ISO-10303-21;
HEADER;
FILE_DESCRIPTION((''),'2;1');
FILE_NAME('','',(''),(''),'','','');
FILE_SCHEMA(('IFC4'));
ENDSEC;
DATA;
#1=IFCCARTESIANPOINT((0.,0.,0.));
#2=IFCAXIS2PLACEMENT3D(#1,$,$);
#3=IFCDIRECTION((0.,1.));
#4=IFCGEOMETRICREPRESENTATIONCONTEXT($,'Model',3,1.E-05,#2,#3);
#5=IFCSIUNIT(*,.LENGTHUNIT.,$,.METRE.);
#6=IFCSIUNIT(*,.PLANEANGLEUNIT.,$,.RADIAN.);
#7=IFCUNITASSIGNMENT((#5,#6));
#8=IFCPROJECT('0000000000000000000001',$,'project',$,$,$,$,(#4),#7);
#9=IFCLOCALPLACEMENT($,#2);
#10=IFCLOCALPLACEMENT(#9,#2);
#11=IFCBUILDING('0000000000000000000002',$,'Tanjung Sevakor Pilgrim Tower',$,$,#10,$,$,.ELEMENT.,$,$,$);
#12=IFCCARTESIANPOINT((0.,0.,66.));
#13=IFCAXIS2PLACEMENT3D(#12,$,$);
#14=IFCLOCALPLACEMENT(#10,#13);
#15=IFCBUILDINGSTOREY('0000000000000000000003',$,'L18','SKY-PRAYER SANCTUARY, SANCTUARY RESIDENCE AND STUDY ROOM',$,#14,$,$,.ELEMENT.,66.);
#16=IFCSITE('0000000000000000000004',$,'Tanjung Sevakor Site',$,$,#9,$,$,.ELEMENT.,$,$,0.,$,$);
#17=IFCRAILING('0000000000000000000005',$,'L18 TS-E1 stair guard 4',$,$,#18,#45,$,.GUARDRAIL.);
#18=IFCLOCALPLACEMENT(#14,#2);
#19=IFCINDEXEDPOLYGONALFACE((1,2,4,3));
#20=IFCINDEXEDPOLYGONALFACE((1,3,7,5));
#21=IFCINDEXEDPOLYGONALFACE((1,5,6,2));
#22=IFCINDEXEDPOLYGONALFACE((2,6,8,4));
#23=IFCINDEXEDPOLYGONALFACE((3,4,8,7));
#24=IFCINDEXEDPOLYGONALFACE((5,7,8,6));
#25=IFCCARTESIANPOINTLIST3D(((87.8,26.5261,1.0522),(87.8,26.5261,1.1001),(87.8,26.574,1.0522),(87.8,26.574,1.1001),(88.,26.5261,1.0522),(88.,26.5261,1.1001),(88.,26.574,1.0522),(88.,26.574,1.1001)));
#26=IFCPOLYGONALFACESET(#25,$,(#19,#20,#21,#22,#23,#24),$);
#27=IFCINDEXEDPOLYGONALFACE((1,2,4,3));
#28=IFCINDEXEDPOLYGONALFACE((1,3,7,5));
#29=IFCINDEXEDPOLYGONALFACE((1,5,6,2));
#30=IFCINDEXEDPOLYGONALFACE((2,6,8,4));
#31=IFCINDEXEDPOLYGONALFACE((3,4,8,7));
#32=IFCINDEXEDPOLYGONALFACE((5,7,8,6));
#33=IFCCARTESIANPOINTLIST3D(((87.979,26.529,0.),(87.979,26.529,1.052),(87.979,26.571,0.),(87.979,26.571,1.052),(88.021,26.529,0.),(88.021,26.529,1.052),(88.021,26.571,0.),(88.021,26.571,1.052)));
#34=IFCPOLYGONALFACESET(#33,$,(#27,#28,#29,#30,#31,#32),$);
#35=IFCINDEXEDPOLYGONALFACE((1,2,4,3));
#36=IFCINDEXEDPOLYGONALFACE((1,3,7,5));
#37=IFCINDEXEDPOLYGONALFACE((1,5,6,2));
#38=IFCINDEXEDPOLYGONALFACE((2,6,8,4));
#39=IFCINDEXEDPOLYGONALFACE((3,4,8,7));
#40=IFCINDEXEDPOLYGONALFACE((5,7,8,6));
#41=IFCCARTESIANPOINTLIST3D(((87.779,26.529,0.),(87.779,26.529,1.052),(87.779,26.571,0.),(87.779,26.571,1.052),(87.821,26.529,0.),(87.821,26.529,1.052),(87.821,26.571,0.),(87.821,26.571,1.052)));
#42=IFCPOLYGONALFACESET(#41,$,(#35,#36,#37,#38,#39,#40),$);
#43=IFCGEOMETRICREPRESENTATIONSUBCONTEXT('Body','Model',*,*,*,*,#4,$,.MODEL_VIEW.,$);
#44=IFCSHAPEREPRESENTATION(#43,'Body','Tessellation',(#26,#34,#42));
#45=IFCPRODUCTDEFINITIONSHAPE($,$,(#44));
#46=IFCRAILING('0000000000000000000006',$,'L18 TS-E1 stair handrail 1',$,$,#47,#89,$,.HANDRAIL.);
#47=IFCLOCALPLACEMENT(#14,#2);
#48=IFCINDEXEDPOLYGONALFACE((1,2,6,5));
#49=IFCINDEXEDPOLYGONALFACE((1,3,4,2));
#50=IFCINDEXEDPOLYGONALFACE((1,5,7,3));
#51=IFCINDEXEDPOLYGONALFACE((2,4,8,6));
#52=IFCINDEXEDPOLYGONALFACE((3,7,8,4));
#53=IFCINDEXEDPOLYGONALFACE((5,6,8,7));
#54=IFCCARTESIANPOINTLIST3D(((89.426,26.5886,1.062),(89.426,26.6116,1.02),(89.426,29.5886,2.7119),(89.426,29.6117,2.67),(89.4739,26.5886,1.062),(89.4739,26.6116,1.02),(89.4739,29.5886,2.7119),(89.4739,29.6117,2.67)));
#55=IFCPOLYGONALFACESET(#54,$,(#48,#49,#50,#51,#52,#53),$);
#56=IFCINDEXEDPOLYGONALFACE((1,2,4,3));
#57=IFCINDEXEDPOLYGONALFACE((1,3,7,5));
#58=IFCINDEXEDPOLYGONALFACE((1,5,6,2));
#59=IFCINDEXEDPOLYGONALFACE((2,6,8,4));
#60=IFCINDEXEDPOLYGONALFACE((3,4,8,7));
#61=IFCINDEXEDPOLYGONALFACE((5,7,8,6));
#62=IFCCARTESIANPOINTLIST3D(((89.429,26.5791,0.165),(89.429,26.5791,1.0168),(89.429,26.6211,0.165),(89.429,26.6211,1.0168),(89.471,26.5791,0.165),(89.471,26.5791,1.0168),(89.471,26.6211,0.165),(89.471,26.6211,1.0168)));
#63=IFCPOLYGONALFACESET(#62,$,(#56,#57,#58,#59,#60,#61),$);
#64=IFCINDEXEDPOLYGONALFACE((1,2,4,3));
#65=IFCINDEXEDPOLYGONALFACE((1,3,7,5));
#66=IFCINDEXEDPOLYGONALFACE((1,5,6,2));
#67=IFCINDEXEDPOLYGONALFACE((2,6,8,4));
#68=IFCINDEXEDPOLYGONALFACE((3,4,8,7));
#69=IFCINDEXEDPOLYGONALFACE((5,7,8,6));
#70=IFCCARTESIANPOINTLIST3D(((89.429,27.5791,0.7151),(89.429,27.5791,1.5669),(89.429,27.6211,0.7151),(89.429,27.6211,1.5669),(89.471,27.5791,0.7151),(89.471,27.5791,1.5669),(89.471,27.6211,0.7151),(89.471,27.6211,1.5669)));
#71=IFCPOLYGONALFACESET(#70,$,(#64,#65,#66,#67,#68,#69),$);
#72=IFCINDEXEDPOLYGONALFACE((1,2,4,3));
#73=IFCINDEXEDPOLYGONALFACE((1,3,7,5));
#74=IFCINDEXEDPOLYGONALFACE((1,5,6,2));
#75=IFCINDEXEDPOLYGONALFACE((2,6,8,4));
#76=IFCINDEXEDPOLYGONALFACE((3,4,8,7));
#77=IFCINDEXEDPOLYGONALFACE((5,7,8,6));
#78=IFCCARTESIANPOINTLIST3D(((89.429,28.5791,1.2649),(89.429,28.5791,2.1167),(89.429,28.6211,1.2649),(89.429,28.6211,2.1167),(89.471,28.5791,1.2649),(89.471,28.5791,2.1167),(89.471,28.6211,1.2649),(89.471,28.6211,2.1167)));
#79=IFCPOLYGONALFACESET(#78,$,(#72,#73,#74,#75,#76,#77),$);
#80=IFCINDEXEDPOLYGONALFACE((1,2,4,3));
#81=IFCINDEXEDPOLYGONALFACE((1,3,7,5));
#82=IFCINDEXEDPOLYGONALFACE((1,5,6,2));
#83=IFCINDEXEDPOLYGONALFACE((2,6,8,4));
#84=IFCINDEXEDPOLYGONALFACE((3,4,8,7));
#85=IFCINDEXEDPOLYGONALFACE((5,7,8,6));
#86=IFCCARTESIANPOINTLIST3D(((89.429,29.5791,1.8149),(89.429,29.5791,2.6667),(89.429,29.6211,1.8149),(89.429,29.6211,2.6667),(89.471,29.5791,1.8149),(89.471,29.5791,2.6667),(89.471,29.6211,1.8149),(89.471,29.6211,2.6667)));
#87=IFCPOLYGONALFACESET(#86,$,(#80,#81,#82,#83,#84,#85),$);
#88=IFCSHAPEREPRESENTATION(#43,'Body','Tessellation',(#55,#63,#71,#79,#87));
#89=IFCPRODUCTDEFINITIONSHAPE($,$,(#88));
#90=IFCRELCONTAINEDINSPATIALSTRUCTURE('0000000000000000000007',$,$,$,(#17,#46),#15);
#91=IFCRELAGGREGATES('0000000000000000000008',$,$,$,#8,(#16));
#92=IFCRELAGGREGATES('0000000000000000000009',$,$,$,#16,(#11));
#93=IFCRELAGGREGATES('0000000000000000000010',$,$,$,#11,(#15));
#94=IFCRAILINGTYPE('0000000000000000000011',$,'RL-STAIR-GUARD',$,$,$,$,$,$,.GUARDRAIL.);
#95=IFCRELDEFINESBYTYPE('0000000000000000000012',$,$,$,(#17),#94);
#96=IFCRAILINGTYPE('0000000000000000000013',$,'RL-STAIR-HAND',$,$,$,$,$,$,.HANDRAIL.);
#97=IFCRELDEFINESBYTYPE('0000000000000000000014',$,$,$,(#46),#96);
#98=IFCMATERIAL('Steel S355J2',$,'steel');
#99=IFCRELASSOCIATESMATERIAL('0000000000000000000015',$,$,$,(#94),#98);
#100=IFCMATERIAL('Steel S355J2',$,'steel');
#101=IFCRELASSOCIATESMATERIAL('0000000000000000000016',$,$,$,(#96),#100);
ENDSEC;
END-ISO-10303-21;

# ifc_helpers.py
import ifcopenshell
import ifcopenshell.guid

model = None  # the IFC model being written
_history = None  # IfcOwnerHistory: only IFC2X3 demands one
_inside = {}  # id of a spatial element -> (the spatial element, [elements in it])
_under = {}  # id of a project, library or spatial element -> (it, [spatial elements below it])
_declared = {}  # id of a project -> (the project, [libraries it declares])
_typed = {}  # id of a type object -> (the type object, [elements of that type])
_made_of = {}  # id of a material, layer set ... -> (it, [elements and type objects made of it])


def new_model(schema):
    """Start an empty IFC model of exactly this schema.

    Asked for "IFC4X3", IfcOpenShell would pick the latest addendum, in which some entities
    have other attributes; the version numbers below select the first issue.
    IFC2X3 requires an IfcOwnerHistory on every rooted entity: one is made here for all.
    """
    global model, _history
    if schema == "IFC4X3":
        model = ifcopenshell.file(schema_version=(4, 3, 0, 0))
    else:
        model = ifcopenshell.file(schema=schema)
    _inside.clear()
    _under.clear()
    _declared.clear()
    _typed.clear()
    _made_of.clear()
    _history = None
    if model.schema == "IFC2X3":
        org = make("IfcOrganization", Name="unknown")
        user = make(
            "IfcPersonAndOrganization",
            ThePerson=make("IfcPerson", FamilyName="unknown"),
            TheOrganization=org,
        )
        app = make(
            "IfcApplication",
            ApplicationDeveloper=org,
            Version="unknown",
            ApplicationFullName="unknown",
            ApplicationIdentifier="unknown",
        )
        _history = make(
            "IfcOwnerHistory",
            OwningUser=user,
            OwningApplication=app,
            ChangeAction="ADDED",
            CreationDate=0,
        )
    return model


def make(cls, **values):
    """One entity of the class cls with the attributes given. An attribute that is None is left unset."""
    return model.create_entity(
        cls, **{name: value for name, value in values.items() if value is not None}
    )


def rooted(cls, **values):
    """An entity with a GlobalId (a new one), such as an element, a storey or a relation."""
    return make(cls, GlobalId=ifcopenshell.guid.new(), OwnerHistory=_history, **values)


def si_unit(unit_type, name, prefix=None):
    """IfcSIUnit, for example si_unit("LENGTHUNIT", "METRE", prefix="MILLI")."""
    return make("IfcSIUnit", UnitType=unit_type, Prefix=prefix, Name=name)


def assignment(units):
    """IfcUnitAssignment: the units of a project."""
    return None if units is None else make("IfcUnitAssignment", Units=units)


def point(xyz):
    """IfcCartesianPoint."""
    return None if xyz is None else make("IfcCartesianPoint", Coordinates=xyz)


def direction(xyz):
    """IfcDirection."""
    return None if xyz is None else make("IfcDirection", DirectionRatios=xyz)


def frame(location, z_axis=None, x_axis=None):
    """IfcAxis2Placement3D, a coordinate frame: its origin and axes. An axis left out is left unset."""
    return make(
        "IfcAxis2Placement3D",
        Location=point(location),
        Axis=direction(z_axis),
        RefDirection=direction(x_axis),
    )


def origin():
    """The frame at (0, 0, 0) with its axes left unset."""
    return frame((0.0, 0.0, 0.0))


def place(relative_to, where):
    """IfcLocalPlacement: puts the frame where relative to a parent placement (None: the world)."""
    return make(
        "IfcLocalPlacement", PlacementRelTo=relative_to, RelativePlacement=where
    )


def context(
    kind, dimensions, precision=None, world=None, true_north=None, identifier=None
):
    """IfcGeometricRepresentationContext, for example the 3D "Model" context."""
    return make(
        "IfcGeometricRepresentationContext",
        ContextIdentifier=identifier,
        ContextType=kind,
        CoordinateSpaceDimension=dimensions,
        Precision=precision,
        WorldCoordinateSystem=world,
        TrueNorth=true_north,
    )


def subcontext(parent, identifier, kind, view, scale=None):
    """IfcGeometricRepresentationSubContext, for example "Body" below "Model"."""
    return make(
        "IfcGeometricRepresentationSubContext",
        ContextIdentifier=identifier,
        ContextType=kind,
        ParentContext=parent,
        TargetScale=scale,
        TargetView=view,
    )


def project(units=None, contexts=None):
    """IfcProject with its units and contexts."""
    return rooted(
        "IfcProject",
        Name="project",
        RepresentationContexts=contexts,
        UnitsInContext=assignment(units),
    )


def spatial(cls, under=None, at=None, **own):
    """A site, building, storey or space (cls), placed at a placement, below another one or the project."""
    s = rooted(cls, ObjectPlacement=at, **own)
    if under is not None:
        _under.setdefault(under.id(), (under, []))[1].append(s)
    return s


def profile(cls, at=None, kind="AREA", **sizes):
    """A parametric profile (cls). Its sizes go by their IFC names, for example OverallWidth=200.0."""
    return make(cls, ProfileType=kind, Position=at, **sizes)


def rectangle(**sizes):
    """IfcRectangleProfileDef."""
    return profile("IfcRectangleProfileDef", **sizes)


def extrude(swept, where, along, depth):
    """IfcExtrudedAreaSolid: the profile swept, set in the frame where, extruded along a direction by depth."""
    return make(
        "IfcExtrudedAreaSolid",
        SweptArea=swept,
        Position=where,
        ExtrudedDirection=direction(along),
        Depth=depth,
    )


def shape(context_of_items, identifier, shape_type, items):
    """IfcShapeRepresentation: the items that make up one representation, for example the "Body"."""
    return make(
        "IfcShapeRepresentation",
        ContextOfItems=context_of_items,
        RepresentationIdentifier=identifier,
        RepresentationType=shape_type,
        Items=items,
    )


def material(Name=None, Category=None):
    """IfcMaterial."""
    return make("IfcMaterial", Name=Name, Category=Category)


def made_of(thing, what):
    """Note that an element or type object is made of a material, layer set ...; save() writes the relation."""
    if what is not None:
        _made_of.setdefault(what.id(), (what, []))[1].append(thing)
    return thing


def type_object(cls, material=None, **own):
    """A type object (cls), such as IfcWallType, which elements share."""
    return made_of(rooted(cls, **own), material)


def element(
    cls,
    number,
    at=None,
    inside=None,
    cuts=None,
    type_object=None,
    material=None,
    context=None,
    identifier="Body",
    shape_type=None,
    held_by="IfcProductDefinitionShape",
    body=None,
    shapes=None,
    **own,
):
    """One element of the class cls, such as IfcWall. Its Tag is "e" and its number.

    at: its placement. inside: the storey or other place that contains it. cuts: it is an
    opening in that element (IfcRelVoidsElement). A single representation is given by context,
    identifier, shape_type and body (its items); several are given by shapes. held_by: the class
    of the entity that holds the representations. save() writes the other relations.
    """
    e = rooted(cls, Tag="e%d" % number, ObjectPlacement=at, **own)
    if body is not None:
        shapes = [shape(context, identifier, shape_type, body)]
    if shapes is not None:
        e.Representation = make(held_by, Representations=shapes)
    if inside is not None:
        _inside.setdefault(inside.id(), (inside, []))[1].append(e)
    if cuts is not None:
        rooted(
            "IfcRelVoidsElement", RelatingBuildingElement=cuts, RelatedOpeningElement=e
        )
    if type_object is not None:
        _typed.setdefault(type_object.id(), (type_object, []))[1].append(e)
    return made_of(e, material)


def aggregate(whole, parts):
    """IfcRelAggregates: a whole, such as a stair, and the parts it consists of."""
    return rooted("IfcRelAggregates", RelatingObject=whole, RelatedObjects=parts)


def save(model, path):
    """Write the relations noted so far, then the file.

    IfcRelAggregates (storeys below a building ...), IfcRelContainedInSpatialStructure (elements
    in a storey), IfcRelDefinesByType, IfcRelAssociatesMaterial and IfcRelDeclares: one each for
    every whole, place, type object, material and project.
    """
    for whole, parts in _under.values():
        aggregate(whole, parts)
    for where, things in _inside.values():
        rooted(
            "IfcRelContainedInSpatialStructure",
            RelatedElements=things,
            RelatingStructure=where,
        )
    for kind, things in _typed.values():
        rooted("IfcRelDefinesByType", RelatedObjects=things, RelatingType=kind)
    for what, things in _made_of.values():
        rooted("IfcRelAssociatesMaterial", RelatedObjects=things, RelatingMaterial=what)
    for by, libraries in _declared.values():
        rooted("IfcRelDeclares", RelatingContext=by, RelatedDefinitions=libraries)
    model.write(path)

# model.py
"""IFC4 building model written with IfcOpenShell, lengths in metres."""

from ifc_helpers import new_model, si_unit, direction, frame, origin, place, context, subcontext, project, spatial, rectangle, extrude, material, type_object, element, save


model = new_model("IFC4")

# Units and contexts
model_context = context("Model", 3, precision=1e-05, world=origin(), true_north=direction((0.0, 1.0)))
body_context = subcontext(model_context, "Body", "Model", "MODEL_VIEW")
ifc_project = project(units=[si_unit("LENGTHUNIT", "METRE"), si_unit("PLANEANGLEUNIT", "RADIAN")], contexts=[model_context])

# Site, building, storey
site_placement = place(None, origin())
site = spatial("IfcSite", under=ifc_project, at=site_placement, Name="Tanjung Sevakor Site", CompositionType="ELEMENT", RefElevation=0.0)
building_placement = place(site_placement, origin())
building = spatial("IfcBuilding", under=site, at=building_placement, Name="Tanjung Sevakor Pilgrim Tower", CompositionType="ELEMENT")
storey_placement = place(building_placement, frame((0.0, 0.0, 66.0)))
storey = spatial("IfcBuildingStorey", under=building, at=storey_placement, Name="L18", Description="SKY-PRAYER SANCTUARY, SANCTUARY RESIDENCE AND STUDY ROOM", CompositionType="ELEMENT", Elevation=66.0)

# Railings
ifc_material_1 = material(Name="Steel S355J2", Category="steel")
railing_type_1 = type_object("IfcRailingType", Name="RL-STAIR-GUARD", PredefinedType="GUARDRAIL", material=ifc_material_1)
for number, where, name in (
    (1, (88.0, 26.55, 0.0), "L18 TS-E1 stair guard 4"),
):
    element("IfcRailing", number, at=place(storey_placement, frame(where)), inside=storey, type_object=railing_type_1, Name=name, PredefinedType="GUARDRAIL", context=body_context, shape_type="SweptSolid", body=[
        extrude(rectangle(XDim=0.0479, YDim=0.0479), frame((0.0, 0.0, 1.0762), z_axis=(-1.0, 0.0, 0.0), x_axis=(0.0, -1.0, 0.0)), (0.0, 0.0, 1.0), 0.2),
        extrude(rectangle(XDim=0.042, YDim=0.042), origin(), (0.0, 0.0, 1.0), 1.052),
        extrude(rectangle(XDim=0.042, YDim=0.042), frame((-0.2, 0.0, 0.0)), (0.0, 0.0, 1.0), 1.052),
    ])
ifc_material_2 = material(Name="Steel S355J2", Category="steel")
railing_type_2 = type_object("IfcRailingType", Name="RL-STAIR-HAND", PredefinedType="HANDRAIL", material=ifc_material_2)
railing_1_placement = place(storey_placement, frame((89.45, 26.6001, 0.165)))
element("IfcRailing", 2, at=railing_1_placement, inside=storey, type_object=railing_type_2, Name="L18 TS-E1 stair handrail 1", PredefinedType="HANDRAIL", context=body_context, shape_type="SweptSolid", body=[
    extrude(rectangle(XDim=0.0479, YDim=0.0479), frame((0.0, 0.0, 0.876), z_axis=(0.0, 0.876228, 0.481897), x_axis=(-1.0, 0.0, 0.0)), (0.0, 0.0, 1.0), 3.4238),
    extrude(rectangle(XDim=0.042, YDim=0.042), origin(), (0.0, 0.0, 1.0), 0.8518),
    extrude(rectangle(XDim=0.042, YDim=0.042), frame((0.0, 1.0, 0.55)), (0.0, 0.0, 1.0), 0.8518),
    extrude(rectangle(XDim=0.042, YDim=0.042), frame((0.0, 2.0, 1.0999)), (0.0, 0.0, 1.0), 0.8518),
    extrude(rectangle(XDim=0.042, YDim=0.042), frame((0.0, 3.0, 1.6499)), (0.0, 0.0, 1.0), 0.8518),
])

save(model, "model.ifc")
